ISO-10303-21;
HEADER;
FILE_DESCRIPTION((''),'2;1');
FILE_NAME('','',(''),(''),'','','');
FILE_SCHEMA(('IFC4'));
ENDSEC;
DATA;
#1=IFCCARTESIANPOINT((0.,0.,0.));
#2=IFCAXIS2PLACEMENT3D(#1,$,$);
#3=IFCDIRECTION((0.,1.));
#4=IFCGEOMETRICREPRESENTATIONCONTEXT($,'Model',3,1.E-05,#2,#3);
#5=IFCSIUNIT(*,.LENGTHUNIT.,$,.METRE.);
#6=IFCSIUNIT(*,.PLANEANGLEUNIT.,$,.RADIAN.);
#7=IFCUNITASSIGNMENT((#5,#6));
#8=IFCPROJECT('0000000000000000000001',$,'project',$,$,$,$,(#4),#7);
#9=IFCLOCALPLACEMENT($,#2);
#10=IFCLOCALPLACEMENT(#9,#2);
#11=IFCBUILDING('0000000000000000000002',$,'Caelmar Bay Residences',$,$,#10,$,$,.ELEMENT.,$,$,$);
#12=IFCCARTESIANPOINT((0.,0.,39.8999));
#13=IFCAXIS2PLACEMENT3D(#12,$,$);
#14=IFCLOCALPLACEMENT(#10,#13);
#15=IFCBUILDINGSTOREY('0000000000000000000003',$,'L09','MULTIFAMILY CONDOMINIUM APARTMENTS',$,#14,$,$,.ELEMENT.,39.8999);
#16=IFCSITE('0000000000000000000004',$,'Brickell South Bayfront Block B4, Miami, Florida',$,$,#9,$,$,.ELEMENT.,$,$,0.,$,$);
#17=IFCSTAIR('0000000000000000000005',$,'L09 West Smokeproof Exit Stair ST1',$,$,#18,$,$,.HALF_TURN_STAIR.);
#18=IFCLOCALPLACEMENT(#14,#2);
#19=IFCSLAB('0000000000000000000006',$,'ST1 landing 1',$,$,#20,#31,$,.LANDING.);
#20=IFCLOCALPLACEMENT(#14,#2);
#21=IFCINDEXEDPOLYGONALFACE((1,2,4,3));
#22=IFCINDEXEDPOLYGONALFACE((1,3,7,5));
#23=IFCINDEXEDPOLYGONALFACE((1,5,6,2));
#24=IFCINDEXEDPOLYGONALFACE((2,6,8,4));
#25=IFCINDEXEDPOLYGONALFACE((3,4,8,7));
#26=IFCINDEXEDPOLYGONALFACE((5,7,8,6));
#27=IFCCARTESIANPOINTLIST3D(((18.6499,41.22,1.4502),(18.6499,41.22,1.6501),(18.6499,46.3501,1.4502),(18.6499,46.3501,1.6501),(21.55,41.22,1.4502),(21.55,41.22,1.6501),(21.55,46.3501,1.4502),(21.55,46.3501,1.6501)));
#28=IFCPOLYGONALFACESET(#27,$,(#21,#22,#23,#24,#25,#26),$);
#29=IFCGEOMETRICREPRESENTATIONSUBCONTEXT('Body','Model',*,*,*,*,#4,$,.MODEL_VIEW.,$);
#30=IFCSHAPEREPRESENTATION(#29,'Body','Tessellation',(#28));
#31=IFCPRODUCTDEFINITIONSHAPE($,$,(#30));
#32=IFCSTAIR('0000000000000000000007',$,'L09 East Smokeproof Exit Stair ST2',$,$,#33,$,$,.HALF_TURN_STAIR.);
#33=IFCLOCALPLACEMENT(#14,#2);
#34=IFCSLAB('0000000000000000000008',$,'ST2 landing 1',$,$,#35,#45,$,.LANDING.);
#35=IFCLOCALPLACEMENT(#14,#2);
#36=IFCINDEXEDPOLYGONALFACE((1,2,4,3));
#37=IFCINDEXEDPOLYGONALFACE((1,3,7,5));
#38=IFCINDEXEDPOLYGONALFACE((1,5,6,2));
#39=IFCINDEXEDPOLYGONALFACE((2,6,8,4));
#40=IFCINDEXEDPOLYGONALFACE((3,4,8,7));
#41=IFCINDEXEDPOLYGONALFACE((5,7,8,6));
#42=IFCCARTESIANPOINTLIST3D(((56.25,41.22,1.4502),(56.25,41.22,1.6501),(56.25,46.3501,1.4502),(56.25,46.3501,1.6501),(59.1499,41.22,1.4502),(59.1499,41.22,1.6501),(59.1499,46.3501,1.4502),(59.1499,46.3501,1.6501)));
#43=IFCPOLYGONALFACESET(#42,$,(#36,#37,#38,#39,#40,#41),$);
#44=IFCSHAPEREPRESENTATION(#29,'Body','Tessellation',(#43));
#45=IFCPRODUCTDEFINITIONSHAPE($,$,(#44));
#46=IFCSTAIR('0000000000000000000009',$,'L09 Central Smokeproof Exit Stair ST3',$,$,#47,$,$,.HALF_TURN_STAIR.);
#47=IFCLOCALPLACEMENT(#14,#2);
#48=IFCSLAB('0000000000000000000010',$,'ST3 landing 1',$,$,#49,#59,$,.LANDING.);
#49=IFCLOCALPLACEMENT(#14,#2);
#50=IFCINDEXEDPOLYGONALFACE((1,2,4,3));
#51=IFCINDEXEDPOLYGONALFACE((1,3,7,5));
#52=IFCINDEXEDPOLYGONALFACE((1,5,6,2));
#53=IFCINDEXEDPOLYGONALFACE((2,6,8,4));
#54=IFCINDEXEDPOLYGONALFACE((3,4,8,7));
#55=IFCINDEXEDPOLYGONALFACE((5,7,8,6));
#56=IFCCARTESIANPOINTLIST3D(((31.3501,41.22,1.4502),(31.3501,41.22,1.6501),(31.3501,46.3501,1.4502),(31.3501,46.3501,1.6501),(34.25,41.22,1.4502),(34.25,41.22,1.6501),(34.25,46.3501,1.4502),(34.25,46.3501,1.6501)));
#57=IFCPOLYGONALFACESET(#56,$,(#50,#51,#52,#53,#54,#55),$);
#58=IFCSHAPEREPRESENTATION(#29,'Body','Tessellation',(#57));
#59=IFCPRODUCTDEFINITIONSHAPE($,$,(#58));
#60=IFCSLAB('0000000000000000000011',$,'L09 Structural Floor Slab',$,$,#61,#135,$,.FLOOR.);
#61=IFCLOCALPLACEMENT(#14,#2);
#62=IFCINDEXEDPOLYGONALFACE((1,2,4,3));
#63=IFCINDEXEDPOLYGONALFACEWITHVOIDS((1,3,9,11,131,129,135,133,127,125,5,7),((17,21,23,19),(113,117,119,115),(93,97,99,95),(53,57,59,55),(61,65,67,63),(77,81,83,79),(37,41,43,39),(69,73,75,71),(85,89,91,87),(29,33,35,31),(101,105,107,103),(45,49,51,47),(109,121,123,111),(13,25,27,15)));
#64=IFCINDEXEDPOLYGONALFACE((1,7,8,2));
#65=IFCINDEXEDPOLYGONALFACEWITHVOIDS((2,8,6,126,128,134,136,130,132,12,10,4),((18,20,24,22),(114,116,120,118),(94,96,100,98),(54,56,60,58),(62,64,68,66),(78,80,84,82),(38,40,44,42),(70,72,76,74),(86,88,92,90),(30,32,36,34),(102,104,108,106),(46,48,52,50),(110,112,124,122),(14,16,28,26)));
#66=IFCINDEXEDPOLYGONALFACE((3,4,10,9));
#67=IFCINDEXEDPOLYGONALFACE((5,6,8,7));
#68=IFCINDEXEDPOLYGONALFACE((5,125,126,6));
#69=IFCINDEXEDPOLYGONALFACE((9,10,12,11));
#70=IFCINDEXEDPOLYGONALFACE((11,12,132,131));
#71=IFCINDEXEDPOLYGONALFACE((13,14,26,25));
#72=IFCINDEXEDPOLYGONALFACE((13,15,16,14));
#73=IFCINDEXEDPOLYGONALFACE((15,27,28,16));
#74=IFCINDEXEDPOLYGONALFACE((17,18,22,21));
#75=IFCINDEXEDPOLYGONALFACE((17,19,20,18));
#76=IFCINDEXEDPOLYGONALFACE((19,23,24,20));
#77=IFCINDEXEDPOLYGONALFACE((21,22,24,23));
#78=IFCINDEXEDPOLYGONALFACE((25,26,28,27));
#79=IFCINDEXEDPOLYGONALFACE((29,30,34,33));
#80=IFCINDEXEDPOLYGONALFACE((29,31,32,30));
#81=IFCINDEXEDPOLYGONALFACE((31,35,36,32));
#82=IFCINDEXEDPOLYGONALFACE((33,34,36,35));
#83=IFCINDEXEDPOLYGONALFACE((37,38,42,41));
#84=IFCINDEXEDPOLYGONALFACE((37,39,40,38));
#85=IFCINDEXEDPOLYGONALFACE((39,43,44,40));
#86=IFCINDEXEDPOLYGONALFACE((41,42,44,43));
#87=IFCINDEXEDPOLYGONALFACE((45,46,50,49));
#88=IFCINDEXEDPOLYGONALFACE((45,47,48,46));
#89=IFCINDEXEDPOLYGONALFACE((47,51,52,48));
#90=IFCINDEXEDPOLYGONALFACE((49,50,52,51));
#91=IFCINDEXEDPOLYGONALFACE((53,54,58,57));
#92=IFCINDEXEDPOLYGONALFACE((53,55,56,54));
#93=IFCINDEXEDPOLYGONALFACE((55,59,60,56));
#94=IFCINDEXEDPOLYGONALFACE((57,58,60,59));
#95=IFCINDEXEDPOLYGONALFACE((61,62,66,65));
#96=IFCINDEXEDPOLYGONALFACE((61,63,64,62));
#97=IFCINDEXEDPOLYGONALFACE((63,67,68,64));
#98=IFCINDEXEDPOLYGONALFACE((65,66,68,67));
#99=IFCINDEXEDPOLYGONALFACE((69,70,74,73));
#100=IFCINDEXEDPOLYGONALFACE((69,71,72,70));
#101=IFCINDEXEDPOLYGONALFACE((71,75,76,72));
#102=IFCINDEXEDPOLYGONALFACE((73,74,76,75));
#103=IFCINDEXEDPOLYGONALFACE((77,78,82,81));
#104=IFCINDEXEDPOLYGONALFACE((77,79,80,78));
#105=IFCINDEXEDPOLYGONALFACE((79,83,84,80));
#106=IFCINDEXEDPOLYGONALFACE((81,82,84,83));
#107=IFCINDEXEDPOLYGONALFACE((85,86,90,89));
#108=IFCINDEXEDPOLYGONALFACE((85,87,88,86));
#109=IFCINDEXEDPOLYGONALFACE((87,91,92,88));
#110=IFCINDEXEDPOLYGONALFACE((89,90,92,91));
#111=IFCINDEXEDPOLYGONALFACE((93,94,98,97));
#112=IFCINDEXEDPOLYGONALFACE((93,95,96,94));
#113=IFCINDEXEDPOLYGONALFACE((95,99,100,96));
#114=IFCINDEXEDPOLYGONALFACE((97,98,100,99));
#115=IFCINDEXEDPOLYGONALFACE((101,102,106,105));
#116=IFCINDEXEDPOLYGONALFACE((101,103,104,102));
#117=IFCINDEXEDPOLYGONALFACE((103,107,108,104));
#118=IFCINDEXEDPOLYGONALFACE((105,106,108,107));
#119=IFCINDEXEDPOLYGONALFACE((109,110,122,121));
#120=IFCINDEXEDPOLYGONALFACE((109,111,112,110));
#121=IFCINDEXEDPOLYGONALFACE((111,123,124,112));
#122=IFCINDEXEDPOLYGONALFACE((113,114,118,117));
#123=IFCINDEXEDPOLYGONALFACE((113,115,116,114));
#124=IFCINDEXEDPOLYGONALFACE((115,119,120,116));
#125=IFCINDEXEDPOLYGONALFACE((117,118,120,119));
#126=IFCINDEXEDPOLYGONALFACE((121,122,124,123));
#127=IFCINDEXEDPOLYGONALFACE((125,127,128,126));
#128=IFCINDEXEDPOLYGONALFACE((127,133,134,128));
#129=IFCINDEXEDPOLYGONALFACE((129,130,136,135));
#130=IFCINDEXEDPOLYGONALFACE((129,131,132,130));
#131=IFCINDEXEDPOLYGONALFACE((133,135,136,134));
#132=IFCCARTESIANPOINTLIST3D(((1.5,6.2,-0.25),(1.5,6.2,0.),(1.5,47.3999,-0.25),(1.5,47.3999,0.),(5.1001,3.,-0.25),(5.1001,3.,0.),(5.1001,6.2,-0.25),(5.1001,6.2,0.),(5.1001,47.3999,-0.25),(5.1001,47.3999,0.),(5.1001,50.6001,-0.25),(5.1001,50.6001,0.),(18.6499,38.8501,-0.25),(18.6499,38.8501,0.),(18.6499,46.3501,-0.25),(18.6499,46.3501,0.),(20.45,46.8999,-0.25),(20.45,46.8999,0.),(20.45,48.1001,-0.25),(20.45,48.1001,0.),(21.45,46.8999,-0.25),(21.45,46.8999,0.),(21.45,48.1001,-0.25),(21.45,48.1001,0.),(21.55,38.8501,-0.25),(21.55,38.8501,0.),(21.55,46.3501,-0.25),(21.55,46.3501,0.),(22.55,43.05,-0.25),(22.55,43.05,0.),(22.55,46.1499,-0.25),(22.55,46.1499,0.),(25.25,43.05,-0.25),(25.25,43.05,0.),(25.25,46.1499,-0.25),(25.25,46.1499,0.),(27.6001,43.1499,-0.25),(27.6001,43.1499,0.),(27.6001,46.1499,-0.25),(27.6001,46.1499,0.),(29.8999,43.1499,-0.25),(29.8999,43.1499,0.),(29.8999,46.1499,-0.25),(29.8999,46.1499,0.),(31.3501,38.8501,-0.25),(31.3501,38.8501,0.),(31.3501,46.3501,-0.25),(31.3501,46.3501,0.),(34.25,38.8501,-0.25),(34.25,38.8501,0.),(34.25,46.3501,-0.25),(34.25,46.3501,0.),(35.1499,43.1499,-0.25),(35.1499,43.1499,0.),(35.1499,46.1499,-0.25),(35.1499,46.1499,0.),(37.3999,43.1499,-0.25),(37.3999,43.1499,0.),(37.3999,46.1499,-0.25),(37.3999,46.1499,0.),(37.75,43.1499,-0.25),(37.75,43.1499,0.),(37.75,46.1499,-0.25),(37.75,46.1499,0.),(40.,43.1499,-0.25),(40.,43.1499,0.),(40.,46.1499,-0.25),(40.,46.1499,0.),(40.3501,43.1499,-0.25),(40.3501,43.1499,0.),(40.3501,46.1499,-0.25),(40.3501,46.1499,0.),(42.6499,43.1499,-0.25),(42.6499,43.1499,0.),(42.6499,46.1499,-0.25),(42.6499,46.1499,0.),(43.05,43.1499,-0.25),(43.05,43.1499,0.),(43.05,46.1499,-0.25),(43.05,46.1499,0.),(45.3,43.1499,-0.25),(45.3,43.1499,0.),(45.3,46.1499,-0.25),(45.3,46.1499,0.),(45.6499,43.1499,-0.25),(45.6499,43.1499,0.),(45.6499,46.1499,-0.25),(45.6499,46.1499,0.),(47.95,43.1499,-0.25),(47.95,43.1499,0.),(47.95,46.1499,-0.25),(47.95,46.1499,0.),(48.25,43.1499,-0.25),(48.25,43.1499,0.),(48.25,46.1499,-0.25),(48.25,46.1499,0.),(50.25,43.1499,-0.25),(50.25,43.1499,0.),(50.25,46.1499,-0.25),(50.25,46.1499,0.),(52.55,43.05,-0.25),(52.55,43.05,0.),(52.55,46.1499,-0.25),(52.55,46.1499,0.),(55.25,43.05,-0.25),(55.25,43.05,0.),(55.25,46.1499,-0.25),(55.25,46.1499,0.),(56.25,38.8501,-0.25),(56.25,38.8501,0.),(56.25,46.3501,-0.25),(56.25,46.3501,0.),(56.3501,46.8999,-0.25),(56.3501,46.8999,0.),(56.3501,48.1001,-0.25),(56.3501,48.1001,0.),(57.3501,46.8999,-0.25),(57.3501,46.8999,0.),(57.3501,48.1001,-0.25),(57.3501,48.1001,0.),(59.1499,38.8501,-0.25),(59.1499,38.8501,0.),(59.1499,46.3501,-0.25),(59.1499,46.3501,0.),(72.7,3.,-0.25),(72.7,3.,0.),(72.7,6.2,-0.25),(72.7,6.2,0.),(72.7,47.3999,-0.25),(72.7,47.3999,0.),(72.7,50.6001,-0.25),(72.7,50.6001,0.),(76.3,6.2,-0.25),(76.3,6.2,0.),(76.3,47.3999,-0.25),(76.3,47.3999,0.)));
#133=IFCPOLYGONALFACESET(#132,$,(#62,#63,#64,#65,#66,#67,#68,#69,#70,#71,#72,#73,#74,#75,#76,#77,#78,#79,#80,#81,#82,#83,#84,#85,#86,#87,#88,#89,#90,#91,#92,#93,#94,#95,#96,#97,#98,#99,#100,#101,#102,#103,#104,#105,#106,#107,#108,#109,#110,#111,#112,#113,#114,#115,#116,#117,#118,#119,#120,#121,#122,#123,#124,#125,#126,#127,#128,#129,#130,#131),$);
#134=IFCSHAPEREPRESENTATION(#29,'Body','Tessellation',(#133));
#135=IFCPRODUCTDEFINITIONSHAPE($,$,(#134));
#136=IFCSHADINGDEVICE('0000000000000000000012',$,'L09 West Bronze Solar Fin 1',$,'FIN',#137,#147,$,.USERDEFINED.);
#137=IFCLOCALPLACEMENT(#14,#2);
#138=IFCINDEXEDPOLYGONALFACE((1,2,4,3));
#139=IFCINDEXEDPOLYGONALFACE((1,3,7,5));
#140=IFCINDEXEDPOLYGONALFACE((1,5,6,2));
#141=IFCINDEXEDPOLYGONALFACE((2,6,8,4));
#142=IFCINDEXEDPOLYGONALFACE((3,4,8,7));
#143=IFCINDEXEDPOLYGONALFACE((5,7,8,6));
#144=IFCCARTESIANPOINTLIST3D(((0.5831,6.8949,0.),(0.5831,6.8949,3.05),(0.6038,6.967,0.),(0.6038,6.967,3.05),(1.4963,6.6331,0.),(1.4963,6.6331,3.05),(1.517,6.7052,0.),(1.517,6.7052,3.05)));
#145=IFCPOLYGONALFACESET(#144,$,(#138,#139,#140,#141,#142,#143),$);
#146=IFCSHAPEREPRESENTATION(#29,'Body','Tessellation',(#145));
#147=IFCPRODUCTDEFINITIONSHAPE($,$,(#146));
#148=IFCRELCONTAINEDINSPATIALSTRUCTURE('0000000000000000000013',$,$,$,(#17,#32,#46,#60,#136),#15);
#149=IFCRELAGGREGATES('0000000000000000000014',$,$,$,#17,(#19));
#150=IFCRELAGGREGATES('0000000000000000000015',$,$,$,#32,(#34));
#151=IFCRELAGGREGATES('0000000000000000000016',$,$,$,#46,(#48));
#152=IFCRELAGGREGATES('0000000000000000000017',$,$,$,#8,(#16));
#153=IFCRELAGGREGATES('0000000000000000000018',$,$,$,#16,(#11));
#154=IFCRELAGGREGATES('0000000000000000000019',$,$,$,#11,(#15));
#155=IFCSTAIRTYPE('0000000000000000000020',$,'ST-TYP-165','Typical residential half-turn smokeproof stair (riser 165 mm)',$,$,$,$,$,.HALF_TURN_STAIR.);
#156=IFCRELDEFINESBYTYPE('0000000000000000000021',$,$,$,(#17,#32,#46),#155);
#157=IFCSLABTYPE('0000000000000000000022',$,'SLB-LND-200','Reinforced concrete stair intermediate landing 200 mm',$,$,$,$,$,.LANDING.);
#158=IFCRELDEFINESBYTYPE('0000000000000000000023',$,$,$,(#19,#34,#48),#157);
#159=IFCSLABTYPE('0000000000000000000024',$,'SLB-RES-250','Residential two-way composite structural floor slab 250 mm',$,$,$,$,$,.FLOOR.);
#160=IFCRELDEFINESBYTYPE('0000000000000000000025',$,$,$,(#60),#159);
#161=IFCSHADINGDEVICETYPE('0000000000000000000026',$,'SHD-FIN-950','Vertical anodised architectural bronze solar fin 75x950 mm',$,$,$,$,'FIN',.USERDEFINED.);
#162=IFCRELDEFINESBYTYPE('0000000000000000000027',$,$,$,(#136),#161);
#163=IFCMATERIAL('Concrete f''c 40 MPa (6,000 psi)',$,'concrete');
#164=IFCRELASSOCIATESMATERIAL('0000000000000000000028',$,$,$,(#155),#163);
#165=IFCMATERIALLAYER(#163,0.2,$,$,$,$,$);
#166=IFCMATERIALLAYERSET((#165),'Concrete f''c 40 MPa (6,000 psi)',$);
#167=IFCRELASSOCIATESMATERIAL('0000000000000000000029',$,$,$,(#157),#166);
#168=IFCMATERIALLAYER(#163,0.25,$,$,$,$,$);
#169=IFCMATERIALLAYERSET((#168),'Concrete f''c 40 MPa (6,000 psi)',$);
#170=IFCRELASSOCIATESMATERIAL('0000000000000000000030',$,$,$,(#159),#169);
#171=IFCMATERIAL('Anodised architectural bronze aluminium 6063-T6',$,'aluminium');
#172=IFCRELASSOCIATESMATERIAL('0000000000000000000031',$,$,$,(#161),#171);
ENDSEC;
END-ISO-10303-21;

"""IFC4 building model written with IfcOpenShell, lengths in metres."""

from ifc_helpers import new_model, si_unit, direction, frame, origin, origin_2d, place, context, subcontext, project, spatial, polyline, rectangle, outline, extrude, material, layer, layer_set, material_profile, profile_set, type_object, element, aggregate, save


model = new_model("IFC4")

# Units and contexts
model_context = context("Model", 3, precision=1e-05, world=origin(), true_north=direction((0.0, 1.0)))
body_context = subcontext(model_context, "Body", "Model", "MODEL_VIEW")
ifc_project = project(units=[si_unit("LENGTHUNIT", "METRE"), si_unit("PLANEANGLEUNIT", "RADIAN")], contexts=[model_context])

# Site, building, storey
site_placement = place(None, origin())
site = spatial("IfcSite", under=ifc_project, at=site_placement, Name="Brickell South Bayfront Block B4, Miami, Florida", CompositionType="ELEMENT", RefElevation=0.0)
building_placement = place(site_placement, origin())
building = spatial("IfcBuilding", under=site, at=building_placement, Name="Caelmar Bay Residences", CompositionType="ELEMENT")
storey_placement = place(building_placement, frame((0.0, 0.0, 39.8999)))
storey = spatial("IfcBuildingStorey", under=building, at=storey_placement, Name="L09", Description="MULTIFAMILY CONDOMINIUM APARTMENTS", CompositionType="ELEMENT", Elevation=39.8999)

# Shared definitions
ifc_material_1 = material(Name="Concrete f'c 40 MPa (6,000 psi)", Category="concrete")

# Stairs, slabs
stair_type = type_object("IfcStairType", Name="ST-TYP-165", Description="Typical residential half-turn smokeproof stair (riser 165 mm)", PredefinedType="HALF_TURN_STAIR", material=ifc_material_1)
stair_1_placement = place(storey_placement, origin())
stair_1 = element("IfcStair", 1, at=stair_1_placement, inside=storey, type_object=stair_type, Name="L09 West Smokeproof Exit Stair ST1", PredefinedType="HALF_TURN_STAIR")
ifc_layer_1 = layer(ifc_material_1, 0.2)
ifc_layer_set_1 = layer_set([ifc_layer_1], Name="Concrete f'c 40 MPa (6,000 psi)")
slab_type_1 = type_object("IfcSlabType", Name="SLB-LND-200", Description="Reinforced concrete stair intermediate landing 200 mm", PredefinedType="LANDING", material=ifc_layer_set_1)
slab_1_placement = place(storey_placement, frame((0.0, 0.0, 1.4502)))
slab_1 = element("IfcSlab", 2, at=slab_1_placement, type_object=slab_type_1, Name="ST1 landing 1", PredefinedType="LANDING", context=body_context, shape_type="SweptSolid", body=[
    extrude(outline(polyline([(21.55, 41.22), (21.55, 46.3501), (18.6499, 46.3501), (18.6499, 41.22), (21.55, 41.22)])), origin(), (0.0, 0.0, 1.0), 0.2),
])
aggregate(stair_1, [slab_1])
stair_2_placement = place(storey_placement, origin())
stair_2 = element("IfcStair", 3, at=stair_2_placement, inside=storey, type_object=stair_type, Name="L09 East Smokeproof Exit Stair ST2", PredefinedType="HALF_TURN_STAIR")
slab_2_placement = place(storey_placement, frame((0.0, 0.0, 1.4502)))
slab_2 = element("IfcSlab", 4, at=slab_2_placement, type_object=slab_type_1, Name="ST2 landing 1", PredefinedType="LANDING", context=body_context, shape_type="SweptSolid", body=[
    extrude(outline(polyline([(59.1499, 41.22), (59.1499, 46.3501), (56.25, 46.3501), (56.25, 41.22), (59.1499, 41.22)])), origin(), (0.0, 0.0, 1.0), 0.2),
])
aggregate(stair_2, [slab_2])
stair_3_placement = place(storey_placement, origin())
stair_3 = element("IfcStair", 5, at=stair_3_placement, inside=storey, type_object=stair_type, Name="L09 Central Smokeproof Exit Stair ST3", PredefinedType="HALF_TURN_STAIR")
slab_3_placement = place(storey_placement, frame((0.0, 0.0, 1.4502)))
slab_3 = element("IfcSlab", 6, at=slab_3_placement, type_object=slab_type_1, Name="ST3 landing 1", PredefinedType="LANDING", context=body_context, shape_type="SweptSolid", body=[
    extrude(outline(polyline([(34.25, 41.22), (34.25, 46.3501), (31.3501, 46.3501), (31.3501, 41.22), (34.25, 41.22)])), origin(), (0.0, 0.0, 1.0), 0.2),
])
aggregate(stair_3, [slab_3])

# Slab
ifc_layer_2 = layer(ifc_material_1, 0.25)
ifc_layer_set_2 = layer_set([ifc_layer_2], Name="Concrete f'c 40 MPa (6,000 psi)")
slab_type_2 = type_object("IfcSlabType", Name="SLB-RES-250", Description="Residential two-way composite structural floor slab 250 mm", PredefinedType="FLOOR", material=ifc_layer_set_2)
slab_4_placement = place(storey_placement, frame((0.0, 0.0, -0.25)))
element("IfcSlab", 7, at=slab_4_placement, inside=storey, type_object=slab_type_2, Name="L09 Structural Floor Slab", PredefinedType="FLOOR", context=body_context, shape_type="SweptSolid", body=[
    extrude(outline(polyline([(5.1001, 3.0), (72.7, 3.0), (72.7, 6.2), (76.3, 6.2), (76.3, 47.3999), (72.7, 47.3999), (72.7, 50.6001), (5.1001, 50.6001), (5.1001, 47.3999), (1.5, 47.3999), (1.5, 6.2), (5.1001, 6.2), (5.1001, 3.0)]), holes=[polyline([(18.6499, 38.8501), (21.55, 38.8501), (21.55, 46.3501), (18.6499, 46.3501), (18.6499, 38.8501)]), polyline([(56.25, 38.8501), (59.1499, 38.8501), (59.1499, 46.3501), (56.25, 46.3501), (56.25, 38.8501)]), polyline([(31.3501, 38.8501), (34.25, 38.8501), (34.25, 46.3501), (31.3501, 46.3501), (31.3501, 38.8501)]), polyline([(22.55, 43.05), (25.25, 43.05), (25.25, 46.1499), (22.55, 46.1499), (22.55, 43.05)]), polyline([(52.55, 43.05), (55.25, 43.05), (55.25, 46.1499), (52.55, 46.1499), (52.55, 43.05)]), polyline([(35.1499, 43.1499), (37.3999, 43.1499), (37.3999, 46.1499), (35.1499, 46.1499), (35.1499, 43.1499)]), polyline([(37.75, 43.1499), (40.0, 43.1499), (40.0, 46.1499), (37.75, 46.1499), (37.75, 43.1499)]), polyline([(40.3501, 43.1499), (42.6499, 43.1499), (42.6499, 46.1499), (40.3501, 46.1499), (40.3501, 43.1499)]), polyline([(43.05, 43.1499), (45.3, 43.1499), (45.3, 46.1499), (43.05, 46.1499), (43.05, 43.1499)]), polyline([(45.6499, 43.1499), (47.95, 43.1499), (47.95, 46.1499), (45.6499, 46.1499), (45.6499, 43.1499)]), polyline([(48.25, 43.1499), (50.25, 43.1499), (50.25, 46.1499), (48.25, 46.1499), (48.25, 43.1499)]), polyline([(27.6001, 43.1499), (29.8999, 43.1499), (29.8999, 46.1499), (27.6001, 46.1499), (27.6001, 43.1499)]), polyline([(20.45, 46.8999), (21.45, 46.8999), (21.45, 48.1001), (20.45, 48.1001), (20.45, 46.8999)]), polyline([(56.3501, 46.8999), (57.3501, 46.8999), (57.3501, 48.1001), (56.3501, 48.1001), (56.3501, 46.8999)])]), origin(), (0.0, 0.0, 1.0), 0.25),
])

# Shading device
ifc_material_2 = material(Name="Anodised architectural bronze aluminium 6063-T6", Category="aluminium")
ifc_material_profile_1 = material_profile(ifc_material_2, rectangle(XDim=0.075, YDim=0.95, at=origin_2d()), Name="BRONZE-FIN-75X950")
ifc_profile_set_1 = profile_set([ifc_material_profile_1], Name="Anodised architectural bronze aluminium 6063-T6")
shading_device_type = type_object("IfcShadingDeviceType", Name="SHD-FIN-950", Description="Vertical anodised architectural bronze solar fin 75x950 mm", ElementType="FIN", PredefinedType="USERDEFINED", material=ifc_profile_set_1)
shading_device_placement = place(storey_placement, frame((1.05, 6.8, 0.0), z_axis=(0.0, 0.0, 1.0), x_axis=(0.275637, 0.961262, 0.0)))
element("IfcShadingDevice", 8, at=shading_device_placement, inside=storey, type_object=shading_device_type, Name="L09 West Bronze Solar Fin 1", ObjectType="FIN", PredefinedType="USERDEFINED", context=body_context, shape_type="SweptSolid", body=[
    extrude(rectangle(XDim=0.075, YDim=0.95, at=origin_2d()), origin(), (0.0, 0.0, 1.0), 3.05),
])

save(model, "model.ifc")
